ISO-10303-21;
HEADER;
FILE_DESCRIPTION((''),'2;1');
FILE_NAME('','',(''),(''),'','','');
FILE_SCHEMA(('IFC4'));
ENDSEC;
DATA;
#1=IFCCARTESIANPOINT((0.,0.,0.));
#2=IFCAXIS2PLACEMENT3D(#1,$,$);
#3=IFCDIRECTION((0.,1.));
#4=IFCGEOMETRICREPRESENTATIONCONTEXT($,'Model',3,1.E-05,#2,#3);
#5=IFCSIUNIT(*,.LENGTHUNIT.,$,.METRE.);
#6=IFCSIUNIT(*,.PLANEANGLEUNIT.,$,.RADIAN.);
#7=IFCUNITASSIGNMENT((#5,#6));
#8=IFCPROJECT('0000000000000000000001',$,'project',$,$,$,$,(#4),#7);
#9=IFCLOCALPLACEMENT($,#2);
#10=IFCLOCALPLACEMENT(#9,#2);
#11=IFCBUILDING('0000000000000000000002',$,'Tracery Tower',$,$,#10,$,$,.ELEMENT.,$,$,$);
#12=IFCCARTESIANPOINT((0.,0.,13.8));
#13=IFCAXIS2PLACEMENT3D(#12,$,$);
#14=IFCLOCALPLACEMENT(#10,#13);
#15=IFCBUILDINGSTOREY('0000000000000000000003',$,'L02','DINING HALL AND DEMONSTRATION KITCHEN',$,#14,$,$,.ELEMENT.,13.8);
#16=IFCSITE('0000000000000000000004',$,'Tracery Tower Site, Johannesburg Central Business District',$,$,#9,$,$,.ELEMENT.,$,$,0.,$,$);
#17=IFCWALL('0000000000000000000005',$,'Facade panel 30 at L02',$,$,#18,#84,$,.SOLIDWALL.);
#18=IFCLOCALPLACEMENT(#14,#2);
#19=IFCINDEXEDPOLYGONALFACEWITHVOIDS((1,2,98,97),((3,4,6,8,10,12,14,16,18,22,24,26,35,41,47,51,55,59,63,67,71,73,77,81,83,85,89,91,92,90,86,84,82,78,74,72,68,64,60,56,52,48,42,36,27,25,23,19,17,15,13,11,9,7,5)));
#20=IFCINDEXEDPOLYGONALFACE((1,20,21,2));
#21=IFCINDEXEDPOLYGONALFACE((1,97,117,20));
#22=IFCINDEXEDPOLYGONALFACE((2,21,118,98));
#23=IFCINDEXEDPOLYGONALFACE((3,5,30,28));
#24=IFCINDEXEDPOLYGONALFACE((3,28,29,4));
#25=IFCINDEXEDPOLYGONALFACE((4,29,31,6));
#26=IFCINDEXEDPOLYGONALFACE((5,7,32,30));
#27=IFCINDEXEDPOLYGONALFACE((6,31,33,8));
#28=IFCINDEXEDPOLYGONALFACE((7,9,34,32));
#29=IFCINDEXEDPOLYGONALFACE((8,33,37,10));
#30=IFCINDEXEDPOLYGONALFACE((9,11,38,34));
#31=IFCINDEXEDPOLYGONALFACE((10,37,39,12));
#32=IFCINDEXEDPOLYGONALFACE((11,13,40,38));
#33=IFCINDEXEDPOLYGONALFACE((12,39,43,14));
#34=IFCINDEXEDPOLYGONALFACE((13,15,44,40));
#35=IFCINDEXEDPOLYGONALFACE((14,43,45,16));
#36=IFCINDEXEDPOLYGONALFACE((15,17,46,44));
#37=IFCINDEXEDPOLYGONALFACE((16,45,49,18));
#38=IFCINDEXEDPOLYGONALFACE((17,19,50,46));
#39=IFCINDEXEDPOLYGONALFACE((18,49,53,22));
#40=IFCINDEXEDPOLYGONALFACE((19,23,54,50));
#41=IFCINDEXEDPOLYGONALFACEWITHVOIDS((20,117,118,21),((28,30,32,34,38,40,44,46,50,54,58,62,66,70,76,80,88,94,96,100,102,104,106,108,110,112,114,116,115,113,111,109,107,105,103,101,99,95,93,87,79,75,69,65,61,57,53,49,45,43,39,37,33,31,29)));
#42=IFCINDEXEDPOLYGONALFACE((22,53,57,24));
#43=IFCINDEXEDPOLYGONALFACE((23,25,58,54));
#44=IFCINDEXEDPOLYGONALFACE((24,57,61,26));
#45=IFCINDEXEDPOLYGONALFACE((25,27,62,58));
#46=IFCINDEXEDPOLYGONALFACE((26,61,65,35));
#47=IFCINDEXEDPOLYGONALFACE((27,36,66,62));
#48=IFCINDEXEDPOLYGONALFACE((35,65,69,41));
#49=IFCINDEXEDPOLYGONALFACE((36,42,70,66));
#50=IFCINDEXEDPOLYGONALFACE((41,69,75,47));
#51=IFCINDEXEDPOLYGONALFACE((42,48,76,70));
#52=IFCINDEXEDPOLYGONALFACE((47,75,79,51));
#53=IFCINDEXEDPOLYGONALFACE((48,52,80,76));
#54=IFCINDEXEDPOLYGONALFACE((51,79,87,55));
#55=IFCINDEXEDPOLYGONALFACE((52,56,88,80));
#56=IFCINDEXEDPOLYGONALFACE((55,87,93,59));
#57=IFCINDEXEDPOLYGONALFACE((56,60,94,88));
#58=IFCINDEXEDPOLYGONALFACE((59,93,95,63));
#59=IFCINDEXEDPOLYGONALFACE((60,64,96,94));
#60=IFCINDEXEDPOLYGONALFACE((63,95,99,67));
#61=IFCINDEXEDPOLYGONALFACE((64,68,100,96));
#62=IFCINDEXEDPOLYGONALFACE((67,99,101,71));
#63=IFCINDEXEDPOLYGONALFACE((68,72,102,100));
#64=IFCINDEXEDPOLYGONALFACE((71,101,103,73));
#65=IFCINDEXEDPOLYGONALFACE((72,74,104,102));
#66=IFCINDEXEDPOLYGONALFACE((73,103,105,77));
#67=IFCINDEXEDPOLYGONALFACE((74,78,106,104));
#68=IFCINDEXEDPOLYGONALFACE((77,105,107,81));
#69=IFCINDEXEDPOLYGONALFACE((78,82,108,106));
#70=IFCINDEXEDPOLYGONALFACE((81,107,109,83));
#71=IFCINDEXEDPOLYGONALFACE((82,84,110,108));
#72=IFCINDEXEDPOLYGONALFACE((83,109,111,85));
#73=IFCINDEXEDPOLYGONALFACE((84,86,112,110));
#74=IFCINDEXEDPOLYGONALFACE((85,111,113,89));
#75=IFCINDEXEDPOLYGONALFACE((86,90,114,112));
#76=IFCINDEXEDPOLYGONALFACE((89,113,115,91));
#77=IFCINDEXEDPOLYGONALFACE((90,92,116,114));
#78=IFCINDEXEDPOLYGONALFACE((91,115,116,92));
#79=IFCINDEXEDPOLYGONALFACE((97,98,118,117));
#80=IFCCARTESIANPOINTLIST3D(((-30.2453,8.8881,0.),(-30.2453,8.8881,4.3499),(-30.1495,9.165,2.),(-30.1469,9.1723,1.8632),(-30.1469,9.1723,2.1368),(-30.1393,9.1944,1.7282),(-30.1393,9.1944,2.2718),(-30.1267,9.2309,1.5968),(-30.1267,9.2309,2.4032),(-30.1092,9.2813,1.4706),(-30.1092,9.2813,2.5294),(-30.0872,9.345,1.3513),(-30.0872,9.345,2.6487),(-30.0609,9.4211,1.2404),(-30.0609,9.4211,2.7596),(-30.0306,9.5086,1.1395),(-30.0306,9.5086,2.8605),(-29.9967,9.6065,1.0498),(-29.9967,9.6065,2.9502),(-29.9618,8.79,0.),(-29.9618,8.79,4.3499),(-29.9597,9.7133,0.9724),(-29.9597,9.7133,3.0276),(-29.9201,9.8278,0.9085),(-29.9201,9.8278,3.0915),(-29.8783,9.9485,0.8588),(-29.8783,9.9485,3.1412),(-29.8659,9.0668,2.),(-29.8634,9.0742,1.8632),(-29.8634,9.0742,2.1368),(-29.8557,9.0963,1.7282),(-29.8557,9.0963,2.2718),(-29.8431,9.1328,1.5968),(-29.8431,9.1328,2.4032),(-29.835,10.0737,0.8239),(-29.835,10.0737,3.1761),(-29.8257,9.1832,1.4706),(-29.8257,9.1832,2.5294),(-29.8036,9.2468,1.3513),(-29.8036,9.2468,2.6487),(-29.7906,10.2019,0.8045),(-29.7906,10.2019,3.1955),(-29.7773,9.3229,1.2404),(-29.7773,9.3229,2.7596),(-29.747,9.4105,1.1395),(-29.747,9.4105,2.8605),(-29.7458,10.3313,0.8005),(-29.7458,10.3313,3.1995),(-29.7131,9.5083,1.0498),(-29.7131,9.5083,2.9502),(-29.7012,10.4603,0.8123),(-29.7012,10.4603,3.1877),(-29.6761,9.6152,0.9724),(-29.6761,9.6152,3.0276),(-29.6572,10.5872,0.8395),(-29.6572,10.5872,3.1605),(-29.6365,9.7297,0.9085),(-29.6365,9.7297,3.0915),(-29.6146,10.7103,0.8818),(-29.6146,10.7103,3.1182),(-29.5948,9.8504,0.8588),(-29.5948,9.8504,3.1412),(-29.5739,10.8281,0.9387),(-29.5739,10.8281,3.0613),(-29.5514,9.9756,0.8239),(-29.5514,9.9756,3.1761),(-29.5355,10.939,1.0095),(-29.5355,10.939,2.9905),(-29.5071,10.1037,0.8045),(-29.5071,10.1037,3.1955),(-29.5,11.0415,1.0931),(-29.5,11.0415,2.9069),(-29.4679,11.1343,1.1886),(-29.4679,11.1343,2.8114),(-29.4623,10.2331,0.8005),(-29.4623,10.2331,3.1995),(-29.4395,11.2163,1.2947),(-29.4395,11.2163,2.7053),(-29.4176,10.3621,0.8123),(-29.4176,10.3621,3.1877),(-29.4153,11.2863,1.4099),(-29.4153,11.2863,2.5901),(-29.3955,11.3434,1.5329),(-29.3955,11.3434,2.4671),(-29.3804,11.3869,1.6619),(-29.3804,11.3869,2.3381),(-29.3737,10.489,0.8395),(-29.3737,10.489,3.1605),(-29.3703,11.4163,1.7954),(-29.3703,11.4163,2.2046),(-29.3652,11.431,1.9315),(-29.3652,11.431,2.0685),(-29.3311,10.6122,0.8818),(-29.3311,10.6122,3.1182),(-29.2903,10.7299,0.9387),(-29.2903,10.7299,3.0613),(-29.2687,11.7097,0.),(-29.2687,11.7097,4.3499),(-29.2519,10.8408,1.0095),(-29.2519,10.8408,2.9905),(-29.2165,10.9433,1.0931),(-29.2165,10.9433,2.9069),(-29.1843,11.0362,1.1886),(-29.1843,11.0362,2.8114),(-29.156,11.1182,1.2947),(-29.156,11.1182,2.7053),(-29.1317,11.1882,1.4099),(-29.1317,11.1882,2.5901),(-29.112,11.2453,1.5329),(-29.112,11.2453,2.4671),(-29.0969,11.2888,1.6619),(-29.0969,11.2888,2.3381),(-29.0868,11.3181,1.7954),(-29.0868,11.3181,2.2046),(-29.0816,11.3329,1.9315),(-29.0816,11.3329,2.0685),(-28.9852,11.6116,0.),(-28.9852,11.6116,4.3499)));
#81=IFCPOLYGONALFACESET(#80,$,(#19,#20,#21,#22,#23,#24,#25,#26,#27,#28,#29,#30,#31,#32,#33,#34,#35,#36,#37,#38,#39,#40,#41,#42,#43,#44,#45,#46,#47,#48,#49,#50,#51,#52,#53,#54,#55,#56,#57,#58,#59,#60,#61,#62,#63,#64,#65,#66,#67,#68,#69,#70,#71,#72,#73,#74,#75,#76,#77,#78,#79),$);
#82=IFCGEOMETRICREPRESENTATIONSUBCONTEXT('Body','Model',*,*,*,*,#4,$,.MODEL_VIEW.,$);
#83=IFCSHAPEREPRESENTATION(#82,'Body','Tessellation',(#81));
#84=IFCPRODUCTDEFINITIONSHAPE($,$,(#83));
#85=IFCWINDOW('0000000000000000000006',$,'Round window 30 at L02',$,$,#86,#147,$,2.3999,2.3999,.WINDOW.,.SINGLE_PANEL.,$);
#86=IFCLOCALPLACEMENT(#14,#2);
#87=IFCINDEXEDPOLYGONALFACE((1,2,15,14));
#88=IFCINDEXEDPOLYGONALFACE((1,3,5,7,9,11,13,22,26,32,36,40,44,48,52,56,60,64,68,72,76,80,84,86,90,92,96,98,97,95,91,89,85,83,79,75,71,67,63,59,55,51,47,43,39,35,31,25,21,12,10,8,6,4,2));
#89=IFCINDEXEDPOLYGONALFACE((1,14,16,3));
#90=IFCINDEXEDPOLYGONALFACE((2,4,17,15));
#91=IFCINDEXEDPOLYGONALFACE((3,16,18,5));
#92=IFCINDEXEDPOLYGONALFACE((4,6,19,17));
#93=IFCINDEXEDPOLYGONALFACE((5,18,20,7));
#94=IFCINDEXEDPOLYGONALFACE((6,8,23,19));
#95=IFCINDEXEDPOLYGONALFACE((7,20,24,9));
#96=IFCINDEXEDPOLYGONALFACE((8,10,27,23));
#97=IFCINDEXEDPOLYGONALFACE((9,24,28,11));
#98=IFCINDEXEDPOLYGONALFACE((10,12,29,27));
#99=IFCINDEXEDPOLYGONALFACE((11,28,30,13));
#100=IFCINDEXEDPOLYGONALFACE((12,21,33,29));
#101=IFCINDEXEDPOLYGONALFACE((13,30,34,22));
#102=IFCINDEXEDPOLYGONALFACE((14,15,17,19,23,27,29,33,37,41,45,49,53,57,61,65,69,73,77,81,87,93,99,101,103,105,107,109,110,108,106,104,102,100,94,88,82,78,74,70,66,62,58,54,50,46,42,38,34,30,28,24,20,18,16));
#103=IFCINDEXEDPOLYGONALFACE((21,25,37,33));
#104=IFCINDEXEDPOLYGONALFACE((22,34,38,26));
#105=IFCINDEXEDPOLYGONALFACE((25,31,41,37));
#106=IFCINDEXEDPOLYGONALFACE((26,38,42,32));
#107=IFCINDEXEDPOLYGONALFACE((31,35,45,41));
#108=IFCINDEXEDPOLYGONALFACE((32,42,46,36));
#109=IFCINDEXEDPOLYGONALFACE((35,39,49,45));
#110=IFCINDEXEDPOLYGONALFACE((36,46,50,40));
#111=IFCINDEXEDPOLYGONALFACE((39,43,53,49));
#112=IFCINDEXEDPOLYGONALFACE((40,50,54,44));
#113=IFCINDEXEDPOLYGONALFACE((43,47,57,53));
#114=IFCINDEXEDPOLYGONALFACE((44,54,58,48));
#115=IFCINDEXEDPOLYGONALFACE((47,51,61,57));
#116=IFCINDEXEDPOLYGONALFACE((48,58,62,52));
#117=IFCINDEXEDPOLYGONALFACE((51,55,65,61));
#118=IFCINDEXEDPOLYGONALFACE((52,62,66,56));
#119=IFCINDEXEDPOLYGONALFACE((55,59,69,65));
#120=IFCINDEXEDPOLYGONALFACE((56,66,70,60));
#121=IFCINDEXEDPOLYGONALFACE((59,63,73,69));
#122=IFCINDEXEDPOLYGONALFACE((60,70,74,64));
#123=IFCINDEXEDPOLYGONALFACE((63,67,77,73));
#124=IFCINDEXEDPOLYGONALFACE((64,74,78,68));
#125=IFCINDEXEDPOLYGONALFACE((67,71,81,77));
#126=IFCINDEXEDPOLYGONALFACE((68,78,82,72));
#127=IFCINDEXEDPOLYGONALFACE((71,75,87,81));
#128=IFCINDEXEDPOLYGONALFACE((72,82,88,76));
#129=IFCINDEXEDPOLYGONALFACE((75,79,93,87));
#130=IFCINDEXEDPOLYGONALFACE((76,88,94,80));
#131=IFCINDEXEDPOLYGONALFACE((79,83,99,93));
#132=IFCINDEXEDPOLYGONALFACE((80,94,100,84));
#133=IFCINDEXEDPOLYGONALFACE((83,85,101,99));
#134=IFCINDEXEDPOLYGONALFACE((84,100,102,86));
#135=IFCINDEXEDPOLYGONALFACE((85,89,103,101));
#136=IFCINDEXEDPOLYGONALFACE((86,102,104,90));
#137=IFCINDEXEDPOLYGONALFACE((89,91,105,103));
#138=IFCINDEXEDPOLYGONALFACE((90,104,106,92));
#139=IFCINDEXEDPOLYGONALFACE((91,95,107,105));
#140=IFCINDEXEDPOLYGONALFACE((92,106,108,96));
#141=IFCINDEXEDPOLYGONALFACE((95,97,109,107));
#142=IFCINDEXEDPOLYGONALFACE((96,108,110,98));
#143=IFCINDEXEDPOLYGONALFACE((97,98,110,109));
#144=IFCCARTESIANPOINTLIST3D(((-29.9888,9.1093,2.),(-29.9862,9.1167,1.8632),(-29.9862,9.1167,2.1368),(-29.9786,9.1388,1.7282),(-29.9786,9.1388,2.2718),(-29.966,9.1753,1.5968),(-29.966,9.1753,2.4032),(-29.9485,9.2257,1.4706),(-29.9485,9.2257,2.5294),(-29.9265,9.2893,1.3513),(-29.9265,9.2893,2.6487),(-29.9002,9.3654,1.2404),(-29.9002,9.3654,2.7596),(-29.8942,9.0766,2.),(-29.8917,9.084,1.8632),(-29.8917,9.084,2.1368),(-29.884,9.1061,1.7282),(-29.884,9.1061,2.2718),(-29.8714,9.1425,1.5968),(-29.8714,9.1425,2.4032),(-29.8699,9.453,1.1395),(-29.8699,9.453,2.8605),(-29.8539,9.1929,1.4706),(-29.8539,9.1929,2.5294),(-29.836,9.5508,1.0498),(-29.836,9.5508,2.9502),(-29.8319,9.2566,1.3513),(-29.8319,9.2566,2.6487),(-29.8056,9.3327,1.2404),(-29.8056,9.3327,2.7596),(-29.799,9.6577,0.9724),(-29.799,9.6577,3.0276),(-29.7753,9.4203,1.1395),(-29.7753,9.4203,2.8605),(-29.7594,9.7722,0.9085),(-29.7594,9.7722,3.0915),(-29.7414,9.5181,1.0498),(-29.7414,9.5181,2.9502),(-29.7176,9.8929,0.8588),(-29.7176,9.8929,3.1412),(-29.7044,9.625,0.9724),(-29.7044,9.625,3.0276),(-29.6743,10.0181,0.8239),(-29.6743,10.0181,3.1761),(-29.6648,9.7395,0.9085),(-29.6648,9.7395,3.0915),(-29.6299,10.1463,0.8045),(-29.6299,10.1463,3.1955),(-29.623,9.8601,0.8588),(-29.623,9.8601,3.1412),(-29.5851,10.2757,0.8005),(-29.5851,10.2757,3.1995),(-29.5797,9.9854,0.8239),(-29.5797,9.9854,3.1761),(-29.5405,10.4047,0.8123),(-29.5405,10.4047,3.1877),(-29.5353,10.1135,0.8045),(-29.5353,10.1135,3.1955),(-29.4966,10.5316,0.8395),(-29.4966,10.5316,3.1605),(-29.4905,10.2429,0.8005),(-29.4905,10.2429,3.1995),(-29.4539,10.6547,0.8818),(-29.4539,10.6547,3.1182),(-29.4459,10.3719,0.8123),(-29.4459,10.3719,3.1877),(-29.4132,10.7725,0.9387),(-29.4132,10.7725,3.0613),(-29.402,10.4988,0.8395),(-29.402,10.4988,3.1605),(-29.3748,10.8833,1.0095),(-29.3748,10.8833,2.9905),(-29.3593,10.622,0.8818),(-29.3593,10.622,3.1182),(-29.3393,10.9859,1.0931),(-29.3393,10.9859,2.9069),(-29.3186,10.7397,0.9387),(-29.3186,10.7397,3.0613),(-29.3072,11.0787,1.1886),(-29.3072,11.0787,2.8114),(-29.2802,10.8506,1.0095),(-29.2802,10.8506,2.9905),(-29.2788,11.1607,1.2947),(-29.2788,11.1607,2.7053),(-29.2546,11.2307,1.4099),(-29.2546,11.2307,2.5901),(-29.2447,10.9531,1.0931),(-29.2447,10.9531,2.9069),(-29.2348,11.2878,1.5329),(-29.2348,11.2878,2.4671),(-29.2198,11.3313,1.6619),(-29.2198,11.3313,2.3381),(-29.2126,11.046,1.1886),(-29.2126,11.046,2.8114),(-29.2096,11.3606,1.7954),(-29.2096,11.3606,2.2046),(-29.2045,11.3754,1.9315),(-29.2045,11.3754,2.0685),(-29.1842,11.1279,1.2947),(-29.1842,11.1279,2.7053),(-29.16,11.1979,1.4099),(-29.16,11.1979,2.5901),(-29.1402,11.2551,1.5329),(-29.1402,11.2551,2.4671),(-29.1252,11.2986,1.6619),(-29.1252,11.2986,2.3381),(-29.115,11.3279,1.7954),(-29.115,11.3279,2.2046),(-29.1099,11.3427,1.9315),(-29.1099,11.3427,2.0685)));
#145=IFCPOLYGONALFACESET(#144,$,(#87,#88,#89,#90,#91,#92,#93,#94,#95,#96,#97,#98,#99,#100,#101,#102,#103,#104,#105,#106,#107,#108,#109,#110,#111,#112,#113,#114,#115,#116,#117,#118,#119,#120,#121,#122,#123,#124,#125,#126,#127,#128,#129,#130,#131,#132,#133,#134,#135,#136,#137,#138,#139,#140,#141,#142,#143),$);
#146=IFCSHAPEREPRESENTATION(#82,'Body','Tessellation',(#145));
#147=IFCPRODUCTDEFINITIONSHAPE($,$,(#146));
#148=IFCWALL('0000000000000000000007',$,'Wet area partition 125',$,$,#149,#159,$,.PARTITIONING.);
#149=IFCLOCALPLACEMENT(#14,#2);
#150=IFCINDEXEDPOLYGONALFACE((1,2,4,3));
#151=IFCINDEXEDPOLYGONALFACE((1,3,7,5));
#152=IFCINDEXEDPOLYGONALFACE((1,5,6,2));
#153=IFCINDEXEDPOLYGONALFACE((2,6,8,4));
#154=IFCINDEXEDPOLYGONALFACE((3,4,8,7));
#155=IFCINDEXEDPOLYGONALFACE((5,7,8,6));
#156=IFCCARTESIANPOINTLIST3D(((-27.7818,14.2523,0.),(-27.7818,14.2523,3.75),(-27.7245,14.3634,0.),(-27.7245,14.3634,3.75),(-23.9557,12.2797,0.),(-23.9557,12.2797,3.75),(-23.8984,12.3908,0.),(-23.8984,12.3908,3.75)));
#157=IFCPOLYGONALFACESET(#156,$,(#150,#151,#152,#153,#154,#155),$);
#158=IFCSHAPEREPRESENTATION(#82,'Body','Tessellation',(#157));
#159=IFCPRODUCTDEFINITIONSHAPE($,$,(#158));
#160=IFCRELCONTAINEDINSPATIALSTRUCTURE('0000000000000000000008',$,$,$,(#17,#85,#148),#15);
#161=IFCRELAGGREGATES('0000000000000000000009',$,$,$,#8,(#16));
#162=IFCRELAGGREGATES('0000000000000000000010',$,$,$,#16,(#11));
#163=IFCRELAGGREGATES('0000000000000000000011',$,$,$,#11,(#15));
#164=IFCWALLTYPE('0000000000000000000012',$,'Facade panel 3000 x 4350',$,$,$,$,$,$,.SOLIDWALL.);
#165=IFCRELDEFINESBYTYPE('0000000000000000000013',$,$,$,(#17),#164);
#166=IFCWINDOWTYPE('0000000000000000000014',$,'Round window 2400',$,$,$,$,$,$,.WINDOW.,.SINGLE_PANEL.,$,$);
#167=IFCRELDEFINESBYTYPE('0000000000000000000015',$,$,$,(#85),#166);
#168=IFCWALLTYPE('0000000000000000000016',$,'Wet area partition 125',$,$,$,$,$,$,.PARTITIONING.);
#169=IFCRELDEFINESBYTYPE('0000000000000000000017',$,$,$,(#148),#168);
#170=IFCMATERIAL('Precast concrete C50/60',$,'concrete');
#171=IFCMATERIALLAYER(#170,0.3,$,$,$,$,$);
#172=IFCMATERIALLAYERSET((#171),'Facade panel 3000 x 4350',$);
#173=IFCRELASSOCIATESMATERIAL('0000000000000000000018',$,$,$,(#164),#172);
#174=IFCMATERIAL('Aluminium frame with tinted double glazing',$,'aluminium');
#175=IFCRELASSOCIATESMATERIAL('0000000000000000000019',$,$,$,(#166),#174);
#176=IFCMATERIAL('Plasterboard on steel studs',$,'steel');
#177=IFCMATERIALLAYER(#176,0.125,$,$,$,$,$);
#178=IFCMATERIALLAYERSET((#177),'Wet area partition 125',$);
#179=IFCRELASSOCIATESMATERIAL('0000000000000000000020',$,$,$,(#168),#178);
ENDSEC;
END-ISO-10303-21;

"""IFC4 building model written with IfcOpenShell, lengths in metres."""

from ifc_helpers import new_model, si_unit, direction, frame, frame_2d, origin, origin_2d, place, context, subcontext, project, spatial, rectangle, circle, extrude, material, layer, layer_set, type_object, element, fill, save


model = new_model("IFC4")

# Units and contexts
model_context = context("Model", 3, precision=1e-05, world=origin(), true_north=direction((0.0, 1.0)))
body_context = subcontext(model_context, "Body", "Model", "MODEL_VIEW")
ifc_project = project(units=[si_unit("LENGTHUNIT", "METRE"), si_unit("PLANEANGLEUNIT", "RADIAN")], contexts=[model_context])

# Site, building, storey
site_placement = place(None, origin())
site = spatial("IfcSite", under=ifc_project, at=site_placement, Name="Tracery Tower Site, Johannesburg Central Business District", CompositionType="ELEMENT", RefElevation=0.0)
building_placement = place(site_placement, origin())
building = spatial("IfcBuilding", under=site, at=building_placement, Name="Tracery Tower", CompositionType="ELEMENT")
storey_placement = place(building_placement, frame((0.0, 0.0, 13.8)))
storey = spatial("IfcBuildingStorey", under=building, at=storey_placement, Name="L02", Description="DINING HALL AND DEMONSTRATION KITCHEN", CompositionType="ELEMENT", Elevation=13.8)

# Wall, opening, window
ifc_material_1 = material(Name="Precast concrete C50/60", Category="concrete")
ifc_layer_1 = layer(ifc_material_1, 0.3)
ifc_layer_set_1 = layer_set([ifc_layer_1], Name="Facade panel 3000 x 4350")
wall_type_1 = type_object("IfcWallType", Name="Facade panel 3000 x 4350", PredefinedType="SOLIDWALL", material=ifc_layer_set_1)
ifc_material_2 = material(Name="Aluminium frame with tinted double glazing", Category="aluminium")
window_type = type_object("IfcWindowType", Name="Round window 2400", PartitioningType="SINGLE_PANEL", PredefinedType="WINDOW", material=ifc_material_2)
wall_1_placement = place(storey_placement, frame((-29.127, 11.6606, 0.0), z_axis=(0.0, 0.0, 1.0), x_axis=(-0.327074, -0.944999, 0.0)))
wall_1 = element("IfcWall", 1, at=wall_1_placement, inside=storey, type_object=wall_type_1, Name="Facade panel 30 at L02", PredefinedType="SOLIDWALL", context=body_context, shape_type="SweptSolid", body=[
    extrude(rectangle(XDim=2.9858, YDim=0.3, at=frame_2d((1.4929, 0.0))), origin(), (0.0, 0.0, 1.0), 4.3499),
])
opening_1_placement = place(wall_1_placement, frame((1.4929, 0.0, 2.0)))
opening_1 = element("IfcOpeningElement", 2, at=opening_1_placement, cuts=wall_1, PredefinedType="OPENING", context=body_context, shape_type="SweptSolid", body=[
    extrude(circle(Radius=1.2, at=origin_2d()), frame((0.0, 0.1599, 0.0), z_axis=(0.0, -1.0, 0.0), x_axis=(1.0, 0.0, 0.0)), (0.0, 0.0, 1.0), 0.3201),
])
window_1_placement = place(opening_1_placement, origin())
window_1 = element("IfcWindow", 3, at=window_1_placement, inside=storey, type_object=window_type, Name="Round window 30 at L02", OverallHeight=2.3999, OverallWidth=2.3999, PartitioningType="SINGLE_PANEL", PredefinedType="WINDOW", context=body_context, shape_type="SweptSolid", body=[
    extrude(circle(Radius=1.2, at=origin_2d()), frame((0.0, 0.1201, 0.0), z_axis=(0.0, -1.0, 0.0), x_axis=(1.0, 0.0, 0.0)), (0.0, 0.0, 1.0), 0.1001),
])
fill(opening_1, window_1)

# Wall
ifc_material_3 = material(Name="Plasterboard on steel studs", Category="steel")
ifc_layer_2 = layer(ifc_material_3, 0.125)
ifc_layer_set_2 = layer_set([ifc_layer_2], Name="Wet area partition 125")
wall_type_2 = type_object("IfcWallType", Name="Wet area partition 125", PredefinedType="PARTITIONING", material=ifc_layer_set_2)
wall_2_placement = place(storey_placement, frame((-27.7532, 14.3079, 0.0), z_axis=(0.0, 0.0, 1.0), x_axis=(0.888823, -0.45825, 0.0)))
element("IfcWall", 4, at=wall_2_placement, inside=storey, type_object=wall_type_2, Name="Wet area partition 125", PredefinedType="PARTITIONING", context=body_context, shape_type="SweptSolid", body=[
    extrude(rectangle(XDim=4.3047, YDim=0.125, at=frame_2d((2.1523, 0.0))), origin(), (0.0, 0.0, 1.0), 3.75),
])

save(model, "model.ifc")
